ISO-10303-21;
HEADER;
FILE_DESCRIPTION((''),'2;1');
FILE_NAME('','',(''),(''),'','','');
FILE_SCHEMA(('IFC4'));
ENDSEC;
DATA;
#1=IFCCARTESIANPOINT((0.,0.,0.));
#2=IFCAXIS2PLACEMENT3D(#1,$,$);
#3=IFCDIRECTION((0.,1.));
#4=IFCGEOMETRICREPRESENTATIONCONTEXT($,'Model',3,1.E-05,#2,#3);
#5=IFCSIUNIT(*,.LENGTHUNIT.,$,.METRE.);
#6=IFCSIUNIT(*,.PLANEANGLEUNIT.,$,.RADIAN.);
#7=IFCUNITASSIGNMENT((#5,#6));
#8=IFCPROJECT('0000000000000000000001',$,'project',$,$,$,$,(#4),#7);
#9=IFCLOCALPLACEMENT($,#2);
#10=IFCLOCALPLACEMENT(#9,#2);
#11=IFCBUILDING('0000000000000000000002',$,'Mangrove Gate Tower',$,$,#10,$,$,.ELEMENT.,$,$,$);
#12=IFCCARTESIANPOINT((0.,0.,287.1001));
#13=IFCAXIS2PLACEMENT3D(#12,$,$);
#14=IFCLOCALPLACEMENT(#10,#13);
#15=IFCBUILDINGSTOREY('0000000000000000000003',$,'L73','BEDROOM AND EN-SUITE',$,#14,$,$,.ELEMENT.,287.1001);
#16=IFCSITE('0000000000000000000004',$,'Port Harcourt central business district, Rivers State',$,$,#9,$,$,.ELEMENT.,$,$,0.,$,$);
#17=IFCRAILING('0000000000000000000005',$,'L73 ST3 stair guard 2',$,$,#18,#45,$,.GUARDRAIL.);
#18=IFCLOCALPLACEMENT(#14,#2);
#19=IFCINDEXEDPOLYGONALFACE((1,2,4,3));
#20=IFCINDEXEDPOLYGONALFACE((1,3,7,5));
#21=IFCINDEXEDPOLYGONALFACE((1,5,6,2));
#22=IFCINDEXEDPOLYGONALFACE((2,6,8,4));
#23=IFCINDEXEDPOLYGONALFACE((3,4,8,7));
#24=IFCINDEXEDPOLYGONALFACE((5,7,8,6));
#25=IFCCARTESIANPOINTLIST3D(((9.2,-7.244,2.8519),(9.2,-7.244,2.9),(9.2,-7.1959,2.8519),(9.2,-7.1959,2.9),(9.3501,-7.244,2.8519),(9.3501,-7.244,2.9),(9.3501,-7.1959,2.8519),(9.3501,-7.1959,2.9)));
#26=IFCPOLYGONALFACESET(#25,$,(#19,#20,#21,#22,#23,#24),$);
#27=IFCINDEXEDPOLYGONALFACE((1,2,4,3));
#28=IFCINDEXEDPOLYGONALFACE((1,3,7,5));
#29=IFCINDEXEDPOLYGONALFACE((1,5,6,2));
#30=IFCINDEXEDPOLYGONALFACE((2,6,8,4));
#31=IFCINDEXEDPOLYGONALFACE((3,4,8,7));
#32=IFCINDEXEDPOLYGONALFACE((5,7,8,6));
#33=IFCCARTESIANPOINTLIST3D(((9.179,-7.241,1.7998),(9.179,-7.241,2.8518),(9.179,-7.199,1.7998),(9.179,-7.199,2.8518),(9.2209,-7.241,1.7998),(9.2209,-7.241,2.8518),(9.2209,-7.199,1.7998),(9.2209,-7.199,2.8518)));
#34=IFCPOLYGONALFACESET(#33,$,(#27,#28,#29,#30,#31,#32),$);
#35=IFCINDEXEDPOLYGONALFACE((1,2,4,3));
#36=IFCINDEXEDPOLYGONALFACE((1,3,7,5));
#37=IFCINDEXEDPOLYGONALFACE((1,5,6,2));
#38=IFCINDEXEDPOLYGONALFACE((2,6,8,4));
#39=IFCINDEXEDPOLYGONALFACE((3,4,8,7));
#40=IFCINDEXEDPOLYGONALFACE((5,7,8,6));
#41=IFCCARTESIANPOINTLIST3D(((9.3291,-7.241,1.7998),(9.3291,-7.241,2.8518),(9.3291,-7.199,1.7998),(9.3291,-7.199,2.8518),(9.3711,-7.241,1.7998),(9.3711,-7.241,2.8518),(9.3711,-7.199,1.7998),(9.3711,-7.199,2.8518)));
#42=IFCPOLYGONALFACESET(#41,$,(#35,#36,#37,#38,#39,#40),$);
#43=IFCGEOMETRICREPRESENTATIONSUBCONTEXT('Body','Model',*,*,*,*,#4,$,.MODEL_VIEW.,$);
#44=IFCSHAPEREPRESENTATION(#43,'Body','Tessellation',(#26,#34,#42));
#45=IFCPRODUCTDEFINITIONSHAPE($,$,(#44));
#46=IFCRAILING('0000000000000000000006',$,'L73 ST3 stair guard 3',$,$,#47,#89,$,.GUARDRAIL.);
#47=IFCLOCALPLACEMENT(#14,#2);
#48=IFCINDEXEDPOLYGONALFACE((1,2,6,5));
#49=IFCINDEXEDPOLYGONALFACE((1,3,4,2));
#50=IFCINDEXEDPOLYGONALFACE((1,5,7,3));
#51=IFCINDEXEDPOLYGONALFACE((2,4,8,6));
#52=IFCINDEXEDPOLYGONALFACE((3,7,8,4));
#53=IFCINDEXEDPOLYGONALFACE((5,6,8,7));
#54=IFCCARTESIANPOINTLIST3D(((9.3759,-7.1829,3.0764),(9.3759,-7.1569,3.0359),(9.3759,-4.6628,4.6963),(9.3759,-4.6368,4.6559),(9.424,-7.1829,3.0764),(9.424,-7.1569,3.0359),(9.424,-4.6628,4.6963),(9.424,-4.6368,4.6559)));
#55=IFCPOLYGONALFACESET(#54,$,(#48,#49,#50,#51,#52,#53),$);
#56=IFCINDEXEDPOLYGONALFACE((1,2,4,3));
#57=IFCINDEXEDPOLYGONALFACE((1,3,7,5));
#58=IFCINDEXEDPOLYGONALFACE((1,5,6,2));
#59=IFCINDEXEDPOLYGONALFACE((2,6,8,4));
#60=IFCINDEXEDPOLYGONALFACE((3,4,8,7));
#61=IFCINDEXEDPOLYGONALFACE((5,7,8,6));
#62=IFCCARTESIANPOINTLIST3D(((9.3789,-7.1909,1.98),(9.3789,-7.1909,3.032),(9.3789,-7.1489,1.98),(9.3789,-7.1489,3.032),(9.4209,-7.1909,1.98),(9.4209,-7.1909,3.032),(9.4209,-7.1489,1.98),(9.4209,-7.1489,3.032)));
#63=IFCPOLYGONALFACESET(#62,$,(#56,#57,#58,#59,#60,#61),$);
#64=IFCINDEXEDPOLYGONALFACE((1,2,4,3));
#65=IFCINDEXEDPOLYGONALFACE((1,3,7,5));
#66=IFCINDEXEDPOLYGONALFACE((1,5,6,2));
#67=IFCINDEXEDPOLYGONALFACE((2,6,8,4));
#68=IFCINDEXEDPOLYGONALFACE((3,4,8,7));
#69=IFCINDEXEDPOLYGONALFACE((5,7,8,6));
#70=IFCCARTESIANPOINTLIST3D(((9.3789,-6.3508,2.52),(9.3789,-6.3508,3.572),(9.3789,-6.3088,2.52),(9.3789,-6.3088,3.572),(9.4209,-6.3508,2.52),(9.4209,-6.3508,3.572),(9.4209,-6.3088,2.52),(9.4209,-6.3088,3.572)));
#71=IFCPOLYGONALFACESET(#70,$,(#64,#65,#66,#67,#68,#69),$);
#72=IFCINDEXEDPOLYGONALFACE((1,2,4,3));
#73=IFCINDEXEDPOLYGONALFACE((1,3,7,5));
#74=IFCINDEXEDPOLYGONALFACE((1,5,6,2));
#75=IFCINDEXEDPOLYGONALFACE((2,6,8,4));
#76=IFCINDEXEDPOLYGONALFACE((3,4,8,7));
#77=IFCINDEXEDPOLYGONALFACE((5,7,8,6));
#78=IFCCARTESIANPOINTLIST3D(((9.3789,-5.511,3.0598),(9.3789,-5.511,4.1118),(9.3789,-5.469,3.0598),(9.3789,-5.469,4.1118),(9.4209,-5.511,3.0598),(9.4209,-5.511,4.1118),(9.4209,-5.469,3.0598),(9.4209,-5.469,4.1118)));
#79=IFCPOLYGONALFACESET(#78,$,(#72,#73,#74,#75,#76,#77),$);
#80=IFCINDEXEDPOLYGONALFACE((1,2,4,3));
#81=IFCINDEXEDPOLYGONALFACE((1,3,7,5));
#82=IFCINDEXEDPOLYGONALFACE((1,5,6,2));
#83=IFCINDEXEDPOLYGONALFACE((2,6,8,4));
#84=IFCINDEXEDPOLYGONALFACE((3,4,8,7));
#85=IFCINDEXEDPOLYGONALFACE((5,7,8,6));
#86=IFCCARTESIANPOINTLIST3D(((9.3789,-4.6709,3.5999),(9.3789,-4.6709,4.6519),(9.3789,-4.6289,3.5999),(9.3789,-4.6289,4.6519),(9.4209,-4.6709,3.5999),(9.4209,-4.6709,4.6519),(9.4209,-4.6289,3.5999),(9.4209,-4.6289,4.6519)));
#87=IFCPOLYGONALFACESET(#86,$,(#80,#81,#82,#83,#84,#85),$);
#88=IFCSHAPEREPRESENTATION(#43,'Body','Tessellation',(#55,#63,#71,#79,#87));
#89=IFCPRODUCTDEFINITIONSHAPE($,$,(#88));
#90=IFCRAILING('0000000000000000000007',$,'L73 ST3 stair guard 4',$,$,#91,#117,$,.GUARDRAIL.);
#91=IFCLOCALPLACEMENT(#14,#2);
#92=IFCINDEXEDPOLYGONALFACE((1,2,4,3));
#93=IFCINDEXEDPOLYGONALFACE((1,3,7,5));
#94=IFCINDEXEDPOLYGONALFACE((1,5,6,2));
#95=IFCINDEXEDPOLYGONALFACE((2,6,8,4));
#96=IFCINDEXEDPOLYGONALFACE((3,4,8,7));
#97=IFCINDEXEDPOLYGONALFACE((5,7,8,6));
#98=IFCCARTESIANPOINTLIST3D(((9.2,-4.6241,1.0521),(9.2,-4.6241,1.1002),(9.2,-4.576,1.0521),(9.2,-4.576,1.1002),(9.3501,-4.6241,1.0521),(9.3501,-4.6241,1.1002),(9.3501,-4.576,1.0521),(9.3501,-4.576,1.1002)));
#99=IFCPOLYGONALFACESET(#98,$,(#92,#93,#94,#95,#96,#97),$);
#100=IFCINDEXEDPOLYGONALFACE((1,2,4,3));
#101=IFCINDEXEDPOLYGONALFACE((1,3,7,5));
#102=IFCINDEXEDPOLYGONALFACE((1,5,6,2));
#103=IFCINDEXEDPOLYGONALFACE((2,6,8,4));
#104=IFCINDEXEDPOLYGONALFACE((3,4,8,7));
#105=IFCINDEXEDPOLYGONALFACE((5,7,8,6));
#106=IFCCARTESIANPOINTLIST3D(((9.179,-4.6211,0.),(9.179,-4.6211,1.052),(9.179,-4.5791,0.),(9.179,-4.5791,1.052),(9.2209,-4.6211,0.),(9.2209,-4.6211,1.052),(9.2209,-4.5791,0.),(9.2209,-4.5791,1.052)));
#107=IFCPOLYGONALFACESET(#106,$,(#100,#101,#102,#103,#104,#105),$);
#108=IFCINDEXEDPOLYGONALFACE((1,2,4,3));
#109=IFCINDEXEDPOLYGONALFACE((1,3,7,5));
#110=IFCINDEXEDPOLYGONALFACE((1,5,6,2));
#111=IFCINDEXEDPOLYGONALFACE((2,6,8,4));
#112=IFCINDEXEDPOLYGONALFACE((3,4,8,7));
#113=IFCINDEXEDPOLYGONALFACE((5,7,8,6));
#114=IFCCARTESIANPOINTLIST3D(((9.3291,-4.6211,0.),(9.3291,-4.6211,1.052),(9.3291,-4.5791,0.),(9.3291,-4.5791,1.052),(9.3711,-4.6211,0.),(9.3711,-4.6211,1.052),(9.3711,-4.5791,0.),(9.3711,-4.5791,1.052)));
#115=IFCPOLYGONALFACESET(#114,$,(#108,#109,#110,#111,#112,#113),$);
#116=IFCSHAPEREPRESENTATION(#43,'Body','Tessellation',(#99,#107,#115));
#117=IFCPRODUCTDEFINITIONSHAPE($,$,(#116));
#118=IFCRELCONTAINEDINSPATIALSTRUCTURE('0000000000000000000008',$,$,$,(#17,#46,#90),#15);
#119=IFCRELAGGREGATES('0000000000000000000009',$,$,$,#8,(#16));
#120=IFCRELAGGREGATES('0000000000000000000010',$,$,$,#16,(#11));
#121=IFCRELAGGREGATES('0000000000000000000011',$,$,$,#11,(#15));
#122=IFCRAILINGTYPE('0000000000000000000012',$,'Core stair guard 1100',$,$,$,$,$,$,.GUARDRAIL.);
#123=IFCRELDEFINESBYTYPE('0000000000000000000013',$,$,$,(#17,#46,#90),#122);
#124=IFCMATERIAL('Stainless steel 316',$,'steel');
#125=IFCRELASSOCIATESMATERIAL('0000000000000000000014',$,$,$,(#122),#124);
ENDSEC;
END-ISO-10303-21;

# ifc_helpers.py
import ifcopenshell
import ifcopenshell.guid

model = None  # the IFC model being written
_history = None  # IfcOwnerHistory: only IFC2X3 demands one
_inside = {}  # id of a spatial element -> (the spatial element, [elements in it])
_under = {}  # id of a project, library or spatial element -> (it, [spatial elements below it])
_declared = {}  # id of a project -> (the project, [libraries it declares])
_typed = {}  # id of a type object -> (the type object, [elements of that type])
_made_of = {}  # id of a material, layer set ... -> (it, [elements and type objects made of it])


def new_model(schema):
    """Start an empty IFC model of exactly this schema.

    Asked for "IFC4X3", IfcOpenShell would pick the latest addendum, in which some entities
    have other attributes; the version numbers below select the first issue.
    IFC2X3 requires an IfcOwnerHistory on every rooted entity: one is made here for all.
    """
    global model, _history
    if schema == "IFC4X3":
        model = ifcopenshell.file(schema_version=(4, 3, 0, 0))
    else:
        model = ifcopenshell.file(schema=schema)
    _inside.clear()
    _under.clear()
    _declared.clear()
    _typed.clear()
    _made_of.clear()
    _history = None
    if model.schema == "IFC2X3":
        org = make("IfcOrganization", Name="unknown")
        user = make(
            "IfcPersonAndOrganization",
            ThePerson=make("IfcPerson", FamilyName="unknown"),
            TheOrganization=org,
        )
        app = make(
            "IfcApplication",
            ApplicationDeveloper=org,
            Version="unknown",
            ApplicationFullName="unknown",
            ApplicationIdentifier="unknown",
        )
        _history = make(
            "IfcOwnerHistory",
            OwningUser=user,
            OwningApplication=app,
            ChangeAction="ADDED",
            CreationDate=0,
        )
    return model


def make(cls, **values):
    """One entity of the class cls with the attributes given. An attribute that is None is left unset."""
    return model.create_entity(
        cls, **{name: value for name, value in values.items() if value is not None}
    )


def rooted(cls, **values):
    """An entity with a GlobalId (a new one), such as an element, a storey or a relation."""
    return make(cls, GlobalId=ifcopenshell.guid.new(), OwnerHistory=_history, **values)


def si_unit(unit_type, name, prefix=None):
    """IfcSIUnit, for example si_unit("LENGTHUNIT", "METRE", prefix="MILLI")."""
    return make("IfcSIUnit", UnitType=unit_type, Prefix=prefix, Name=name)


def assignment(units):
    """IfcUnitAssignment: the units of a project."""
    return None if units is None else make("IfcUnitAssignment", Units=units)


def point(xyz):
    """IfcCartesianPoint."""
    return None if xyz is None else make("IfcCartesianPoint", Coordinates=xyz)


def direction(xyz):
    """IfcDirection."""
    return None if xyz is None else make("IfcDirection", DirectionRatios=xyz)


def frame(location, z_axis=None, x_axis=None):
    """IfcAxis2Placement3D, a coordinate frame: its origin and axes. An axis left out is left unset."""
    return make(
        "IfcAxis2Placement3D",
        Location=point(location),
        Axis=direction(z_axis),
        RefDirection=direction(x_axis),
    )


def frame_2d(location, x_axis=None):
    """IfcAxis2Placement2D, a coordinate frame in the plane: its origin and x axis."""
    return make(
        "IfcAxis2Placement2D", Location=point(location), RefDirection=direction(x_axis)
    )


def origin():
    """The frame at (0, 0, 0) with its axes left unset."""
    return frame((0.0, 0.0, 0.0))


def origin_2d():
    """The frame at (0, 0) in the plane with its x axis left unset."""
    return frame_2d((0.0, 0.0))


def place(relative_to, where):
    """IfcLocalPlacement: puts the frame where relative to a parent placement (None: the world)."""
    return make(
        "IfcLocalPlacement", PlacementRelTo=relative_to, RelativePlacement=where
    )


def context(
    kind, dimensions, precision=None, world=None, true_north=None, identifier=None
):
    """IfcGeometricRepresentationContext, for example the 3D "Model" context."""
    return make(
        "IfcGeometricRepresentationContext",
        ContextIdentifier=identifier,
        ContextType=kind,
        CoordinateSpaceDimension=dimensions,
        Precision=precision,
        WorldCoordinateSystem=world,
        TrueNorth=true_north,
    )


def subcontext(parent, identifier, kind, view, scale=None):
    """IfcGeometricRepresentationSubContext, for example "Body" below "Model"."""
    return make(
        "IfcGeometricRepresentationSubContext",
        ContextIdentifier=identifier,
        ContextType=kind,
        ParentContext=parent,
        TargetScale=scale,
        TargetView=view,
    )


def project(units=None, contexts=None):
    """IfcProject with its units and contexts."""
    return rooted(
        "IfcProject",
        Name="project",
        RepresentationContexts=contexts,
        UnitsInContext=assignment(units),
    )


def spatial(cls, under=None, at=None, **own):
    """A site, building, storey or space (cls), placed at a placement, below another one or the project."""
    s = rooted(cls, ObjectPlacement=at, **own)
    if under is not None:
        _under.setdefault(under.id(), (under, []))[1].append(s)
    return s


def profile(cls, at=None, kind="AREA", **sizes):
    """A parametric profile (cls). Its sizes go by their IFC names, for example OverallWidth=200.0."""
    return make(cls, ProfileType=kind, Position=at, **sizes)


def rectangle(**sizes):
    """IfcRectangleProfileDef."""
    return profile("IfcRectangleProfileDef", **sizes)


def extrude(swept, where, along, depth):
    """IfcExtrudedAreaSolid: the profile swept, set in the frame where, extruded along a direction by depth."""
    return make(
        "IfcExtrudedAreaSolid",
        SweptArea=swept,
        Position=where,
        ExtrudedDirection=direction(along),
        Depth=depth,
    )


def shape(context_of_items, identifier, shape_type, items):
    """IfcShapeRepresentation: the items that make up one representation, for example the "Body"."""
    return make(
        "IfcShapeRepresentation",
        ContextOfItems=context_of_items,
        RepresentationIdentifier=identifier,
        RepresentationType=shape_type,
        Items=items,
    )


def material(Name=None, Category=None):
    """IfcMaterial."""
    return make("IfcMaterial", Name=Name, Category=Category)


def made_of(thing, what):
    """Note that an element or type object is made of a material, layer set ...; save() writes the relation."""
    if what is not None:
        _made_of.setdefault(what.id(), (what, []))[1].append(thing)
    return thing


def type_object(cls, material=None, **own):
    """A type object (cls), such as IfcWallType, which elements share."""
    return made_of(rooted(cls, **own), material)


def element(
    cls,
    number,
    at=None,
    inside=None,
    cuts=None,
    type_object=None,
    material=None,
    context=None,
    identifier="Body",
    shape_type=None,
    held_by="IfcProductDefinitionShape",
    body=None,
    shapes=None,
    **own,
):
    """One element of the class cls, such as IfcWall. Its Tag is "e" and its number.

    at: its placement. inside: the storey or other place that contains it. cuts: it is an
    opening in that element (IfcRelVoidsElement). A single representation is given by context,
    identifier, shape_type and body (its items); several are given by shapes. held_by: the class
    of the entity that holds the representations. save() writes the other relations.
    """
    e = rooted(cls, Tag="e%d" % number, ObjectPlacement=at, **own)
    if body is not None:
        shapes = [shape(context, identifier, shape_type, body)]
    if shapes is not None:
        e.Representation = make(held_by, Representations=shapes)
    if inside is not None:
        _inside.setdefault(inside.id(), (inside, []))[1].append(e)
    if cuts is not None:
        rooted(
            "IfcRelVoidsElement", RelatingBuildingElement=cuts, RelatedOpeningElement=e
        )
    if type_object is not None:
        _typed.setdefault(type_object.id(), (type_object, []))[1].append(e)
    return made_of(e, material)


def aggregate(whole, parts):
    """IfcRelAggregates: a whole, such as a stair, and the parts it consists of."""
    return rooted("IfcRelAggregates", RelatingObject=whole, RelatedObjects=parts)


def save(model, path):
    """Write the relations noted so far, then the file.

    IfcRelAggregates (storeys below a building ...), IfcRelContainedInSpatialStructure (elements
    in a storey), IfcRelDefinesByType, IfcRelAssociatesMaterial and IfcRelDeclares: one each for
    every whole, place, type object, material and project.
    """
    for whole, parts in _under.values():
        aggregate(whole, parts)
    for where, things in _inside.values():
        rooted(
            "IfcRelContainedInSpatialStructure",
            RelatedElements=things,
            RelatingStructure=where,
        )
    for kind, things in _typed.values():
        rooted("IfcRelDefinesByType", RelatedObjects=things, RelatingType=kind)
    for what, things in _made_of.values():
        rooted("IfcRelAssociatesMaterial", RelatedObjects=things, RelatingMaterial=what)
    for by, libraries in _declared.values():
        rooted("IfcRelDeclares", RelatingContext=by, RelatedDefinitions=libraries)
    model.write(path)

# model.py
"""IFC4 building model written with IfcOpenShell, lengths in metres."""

from ifc_helpers import new_model, si_unit, direction, frame, origin, origin_2d, place, context, subcontext, project, spatial, rectangle, extrude, material, type_object, element, save


model = new_model("IFC4")

# Units and contexts
model_context = context("Model", 3, precision=1e-05, world=origin(), true_north=direction((0.0, 1.0)))
body_context = subcontext(model_context, "Body", "Model", "MODEL_VIEW")
ifc_project = project(units=[si_unit("LENGTHUNIT", "METRE"), si_unit("PLANEANGLEUNIT", "RADIAN")], contexts=[model_context])

# Site, building, storey
site_placement = place(None, origin())
site = spatial("IfcSite", under=ifc_project, at=site_placement, Name="Port Harcourt central business district, Rivers State", CompositionType="ELEMENT", RefElevation=0.0)
building_placement = place(site_placement, origin())
building = spatial("IfcBuilding", under=site, at=building_placement, Name="Mangrove Gate Tower", CompositionType="ELEMENT")
storey_placement = place(building_placement, frame((0.0, 0.0, 287.1001)))
storey = spatial("IfcBuildingStorey", under=building, at=storey_placement, Name="L73", Description="BEDROOM AND EN-SUITE", CompositionType="ELEMENT", Elevation=287.1001)

# Railings
ifc_material_1 = material(Name="Stainless steel 316", Category="steel")
railing_type_1 = type_object("IfcRailingType", Name="Core stair guard 1100", PredefinedType="GUARDRAIL", material=ifc_material_1)
railing_1_placement = place(storey_placement, frame((9.2, -7.22, 1.7998)))
element("IfcRailing", 1, at=railing_1_placement, inside=storey, type_object=railing_type_1, Name="L73 ST3 stair guard 2", PredefinedType="GUARDRAIL", context=body_context, shape_type="SweptSolid", body=[
    extrude(rectangle(XDim=0.0481, YDim=0.0481, at=origin_2d()), frame((0.0, 0.0, 1.0762), z_axis=(1.0, 0.0, 0.0), x_axis=(0.0, 1.0, 0.0)), (0.0, 0.0, 1.0), 0.1501),
    extrude(rectangle(XDim=0.042, YDim=0.042, at=origin_2d()), origin(), (0.0, 0.0, 1.0), 1.052),
    extrude(rectangle(XDim=0.042, YDim=0.042, at=origin_2d()), frame((0.1501, 0.0, 0.0)), (0.0, 0.0, 1.0), 1.052),
])
railing_2_placement = place(storey_placement, frame((9.3999, -7.1699, 1.98)))
element("IfcRailing", 2, at=railing_2_placement, inside=storey, type_object=railing_type_1, Name="L73 ST3 stair guard 3", PredefinedType="GUARDRAIL", context=body_context, shape_type="SweptSolid", body=[
    extrude(rectangle(XDim=0.0481, YDim=0.0481, at=origin_2d()), frame((0.0, 0.0, 1.0762), z_axis=(0.0, 0.8412, 0.540725), x_axis=(-1.0, 0.0, 0.0)), (0.0, 0.0, 1.0), 2.9958),
    extrude(rectangle(XDim=0.042, YDim=0.042, at=origin_2d()), origin(), (0.0, 0.0, 1.0), 1.052),
    extrude(rectangle(XDim=0.042, YDim=0.042, at=origin_2d()), frame((0.0, 0.8401, 0.54)), (0.0, 0.0, 1.0), 1.052),
    extrude(rectangle(XDim=0.042, YDim=0.042, at=origin_2d()), frame((0.0, 1.6799, 1.0798)), (0.0, 0.0, 1.0), 1.052),
    extrude(rectangle(XDim=0.042, YDim=0.042, at=origin_2d()), frame((0.0, 2.52, 1.6199)), (0.0, 0.0, 1.0), 1.052),
])
railing_3_placement = place(storey_placement, frame((9.2, -4.6001, 0.0)))
element("IfcRailing", 3, at=railing_3_placement, inside=storey, type_object=railing_type_1, Name="L73 ST3 stair guard 4", PredefinedType="GUARDRAIL", context=body_context, shape_type="SweptSolid", body=[
    extrude(rectangle(XDim=0.0481, YDim=0.0481, at=origin_2d()), frame((0.0, 0.0, 1.0762), z_axis=(1.0, 0.0, 0.0), x_axis=(0.0, 1.0, 0.0)), (0.0, 0.0, 1.0), 0.1501),
    extrude(rectangle(XDim=0.042, YDim=0.042, at=origin_2d()), origin(), (0.0, 0.0, 1.0), 1.052),
    extrude(rectangle(XDim=0.042, YDim=0.042, at=origin_2d()), frame((0.1501, 0.0, 0.0)), (0.0, 0.0, 1.0), 1.052),
])

save(model, "model.ifc")
